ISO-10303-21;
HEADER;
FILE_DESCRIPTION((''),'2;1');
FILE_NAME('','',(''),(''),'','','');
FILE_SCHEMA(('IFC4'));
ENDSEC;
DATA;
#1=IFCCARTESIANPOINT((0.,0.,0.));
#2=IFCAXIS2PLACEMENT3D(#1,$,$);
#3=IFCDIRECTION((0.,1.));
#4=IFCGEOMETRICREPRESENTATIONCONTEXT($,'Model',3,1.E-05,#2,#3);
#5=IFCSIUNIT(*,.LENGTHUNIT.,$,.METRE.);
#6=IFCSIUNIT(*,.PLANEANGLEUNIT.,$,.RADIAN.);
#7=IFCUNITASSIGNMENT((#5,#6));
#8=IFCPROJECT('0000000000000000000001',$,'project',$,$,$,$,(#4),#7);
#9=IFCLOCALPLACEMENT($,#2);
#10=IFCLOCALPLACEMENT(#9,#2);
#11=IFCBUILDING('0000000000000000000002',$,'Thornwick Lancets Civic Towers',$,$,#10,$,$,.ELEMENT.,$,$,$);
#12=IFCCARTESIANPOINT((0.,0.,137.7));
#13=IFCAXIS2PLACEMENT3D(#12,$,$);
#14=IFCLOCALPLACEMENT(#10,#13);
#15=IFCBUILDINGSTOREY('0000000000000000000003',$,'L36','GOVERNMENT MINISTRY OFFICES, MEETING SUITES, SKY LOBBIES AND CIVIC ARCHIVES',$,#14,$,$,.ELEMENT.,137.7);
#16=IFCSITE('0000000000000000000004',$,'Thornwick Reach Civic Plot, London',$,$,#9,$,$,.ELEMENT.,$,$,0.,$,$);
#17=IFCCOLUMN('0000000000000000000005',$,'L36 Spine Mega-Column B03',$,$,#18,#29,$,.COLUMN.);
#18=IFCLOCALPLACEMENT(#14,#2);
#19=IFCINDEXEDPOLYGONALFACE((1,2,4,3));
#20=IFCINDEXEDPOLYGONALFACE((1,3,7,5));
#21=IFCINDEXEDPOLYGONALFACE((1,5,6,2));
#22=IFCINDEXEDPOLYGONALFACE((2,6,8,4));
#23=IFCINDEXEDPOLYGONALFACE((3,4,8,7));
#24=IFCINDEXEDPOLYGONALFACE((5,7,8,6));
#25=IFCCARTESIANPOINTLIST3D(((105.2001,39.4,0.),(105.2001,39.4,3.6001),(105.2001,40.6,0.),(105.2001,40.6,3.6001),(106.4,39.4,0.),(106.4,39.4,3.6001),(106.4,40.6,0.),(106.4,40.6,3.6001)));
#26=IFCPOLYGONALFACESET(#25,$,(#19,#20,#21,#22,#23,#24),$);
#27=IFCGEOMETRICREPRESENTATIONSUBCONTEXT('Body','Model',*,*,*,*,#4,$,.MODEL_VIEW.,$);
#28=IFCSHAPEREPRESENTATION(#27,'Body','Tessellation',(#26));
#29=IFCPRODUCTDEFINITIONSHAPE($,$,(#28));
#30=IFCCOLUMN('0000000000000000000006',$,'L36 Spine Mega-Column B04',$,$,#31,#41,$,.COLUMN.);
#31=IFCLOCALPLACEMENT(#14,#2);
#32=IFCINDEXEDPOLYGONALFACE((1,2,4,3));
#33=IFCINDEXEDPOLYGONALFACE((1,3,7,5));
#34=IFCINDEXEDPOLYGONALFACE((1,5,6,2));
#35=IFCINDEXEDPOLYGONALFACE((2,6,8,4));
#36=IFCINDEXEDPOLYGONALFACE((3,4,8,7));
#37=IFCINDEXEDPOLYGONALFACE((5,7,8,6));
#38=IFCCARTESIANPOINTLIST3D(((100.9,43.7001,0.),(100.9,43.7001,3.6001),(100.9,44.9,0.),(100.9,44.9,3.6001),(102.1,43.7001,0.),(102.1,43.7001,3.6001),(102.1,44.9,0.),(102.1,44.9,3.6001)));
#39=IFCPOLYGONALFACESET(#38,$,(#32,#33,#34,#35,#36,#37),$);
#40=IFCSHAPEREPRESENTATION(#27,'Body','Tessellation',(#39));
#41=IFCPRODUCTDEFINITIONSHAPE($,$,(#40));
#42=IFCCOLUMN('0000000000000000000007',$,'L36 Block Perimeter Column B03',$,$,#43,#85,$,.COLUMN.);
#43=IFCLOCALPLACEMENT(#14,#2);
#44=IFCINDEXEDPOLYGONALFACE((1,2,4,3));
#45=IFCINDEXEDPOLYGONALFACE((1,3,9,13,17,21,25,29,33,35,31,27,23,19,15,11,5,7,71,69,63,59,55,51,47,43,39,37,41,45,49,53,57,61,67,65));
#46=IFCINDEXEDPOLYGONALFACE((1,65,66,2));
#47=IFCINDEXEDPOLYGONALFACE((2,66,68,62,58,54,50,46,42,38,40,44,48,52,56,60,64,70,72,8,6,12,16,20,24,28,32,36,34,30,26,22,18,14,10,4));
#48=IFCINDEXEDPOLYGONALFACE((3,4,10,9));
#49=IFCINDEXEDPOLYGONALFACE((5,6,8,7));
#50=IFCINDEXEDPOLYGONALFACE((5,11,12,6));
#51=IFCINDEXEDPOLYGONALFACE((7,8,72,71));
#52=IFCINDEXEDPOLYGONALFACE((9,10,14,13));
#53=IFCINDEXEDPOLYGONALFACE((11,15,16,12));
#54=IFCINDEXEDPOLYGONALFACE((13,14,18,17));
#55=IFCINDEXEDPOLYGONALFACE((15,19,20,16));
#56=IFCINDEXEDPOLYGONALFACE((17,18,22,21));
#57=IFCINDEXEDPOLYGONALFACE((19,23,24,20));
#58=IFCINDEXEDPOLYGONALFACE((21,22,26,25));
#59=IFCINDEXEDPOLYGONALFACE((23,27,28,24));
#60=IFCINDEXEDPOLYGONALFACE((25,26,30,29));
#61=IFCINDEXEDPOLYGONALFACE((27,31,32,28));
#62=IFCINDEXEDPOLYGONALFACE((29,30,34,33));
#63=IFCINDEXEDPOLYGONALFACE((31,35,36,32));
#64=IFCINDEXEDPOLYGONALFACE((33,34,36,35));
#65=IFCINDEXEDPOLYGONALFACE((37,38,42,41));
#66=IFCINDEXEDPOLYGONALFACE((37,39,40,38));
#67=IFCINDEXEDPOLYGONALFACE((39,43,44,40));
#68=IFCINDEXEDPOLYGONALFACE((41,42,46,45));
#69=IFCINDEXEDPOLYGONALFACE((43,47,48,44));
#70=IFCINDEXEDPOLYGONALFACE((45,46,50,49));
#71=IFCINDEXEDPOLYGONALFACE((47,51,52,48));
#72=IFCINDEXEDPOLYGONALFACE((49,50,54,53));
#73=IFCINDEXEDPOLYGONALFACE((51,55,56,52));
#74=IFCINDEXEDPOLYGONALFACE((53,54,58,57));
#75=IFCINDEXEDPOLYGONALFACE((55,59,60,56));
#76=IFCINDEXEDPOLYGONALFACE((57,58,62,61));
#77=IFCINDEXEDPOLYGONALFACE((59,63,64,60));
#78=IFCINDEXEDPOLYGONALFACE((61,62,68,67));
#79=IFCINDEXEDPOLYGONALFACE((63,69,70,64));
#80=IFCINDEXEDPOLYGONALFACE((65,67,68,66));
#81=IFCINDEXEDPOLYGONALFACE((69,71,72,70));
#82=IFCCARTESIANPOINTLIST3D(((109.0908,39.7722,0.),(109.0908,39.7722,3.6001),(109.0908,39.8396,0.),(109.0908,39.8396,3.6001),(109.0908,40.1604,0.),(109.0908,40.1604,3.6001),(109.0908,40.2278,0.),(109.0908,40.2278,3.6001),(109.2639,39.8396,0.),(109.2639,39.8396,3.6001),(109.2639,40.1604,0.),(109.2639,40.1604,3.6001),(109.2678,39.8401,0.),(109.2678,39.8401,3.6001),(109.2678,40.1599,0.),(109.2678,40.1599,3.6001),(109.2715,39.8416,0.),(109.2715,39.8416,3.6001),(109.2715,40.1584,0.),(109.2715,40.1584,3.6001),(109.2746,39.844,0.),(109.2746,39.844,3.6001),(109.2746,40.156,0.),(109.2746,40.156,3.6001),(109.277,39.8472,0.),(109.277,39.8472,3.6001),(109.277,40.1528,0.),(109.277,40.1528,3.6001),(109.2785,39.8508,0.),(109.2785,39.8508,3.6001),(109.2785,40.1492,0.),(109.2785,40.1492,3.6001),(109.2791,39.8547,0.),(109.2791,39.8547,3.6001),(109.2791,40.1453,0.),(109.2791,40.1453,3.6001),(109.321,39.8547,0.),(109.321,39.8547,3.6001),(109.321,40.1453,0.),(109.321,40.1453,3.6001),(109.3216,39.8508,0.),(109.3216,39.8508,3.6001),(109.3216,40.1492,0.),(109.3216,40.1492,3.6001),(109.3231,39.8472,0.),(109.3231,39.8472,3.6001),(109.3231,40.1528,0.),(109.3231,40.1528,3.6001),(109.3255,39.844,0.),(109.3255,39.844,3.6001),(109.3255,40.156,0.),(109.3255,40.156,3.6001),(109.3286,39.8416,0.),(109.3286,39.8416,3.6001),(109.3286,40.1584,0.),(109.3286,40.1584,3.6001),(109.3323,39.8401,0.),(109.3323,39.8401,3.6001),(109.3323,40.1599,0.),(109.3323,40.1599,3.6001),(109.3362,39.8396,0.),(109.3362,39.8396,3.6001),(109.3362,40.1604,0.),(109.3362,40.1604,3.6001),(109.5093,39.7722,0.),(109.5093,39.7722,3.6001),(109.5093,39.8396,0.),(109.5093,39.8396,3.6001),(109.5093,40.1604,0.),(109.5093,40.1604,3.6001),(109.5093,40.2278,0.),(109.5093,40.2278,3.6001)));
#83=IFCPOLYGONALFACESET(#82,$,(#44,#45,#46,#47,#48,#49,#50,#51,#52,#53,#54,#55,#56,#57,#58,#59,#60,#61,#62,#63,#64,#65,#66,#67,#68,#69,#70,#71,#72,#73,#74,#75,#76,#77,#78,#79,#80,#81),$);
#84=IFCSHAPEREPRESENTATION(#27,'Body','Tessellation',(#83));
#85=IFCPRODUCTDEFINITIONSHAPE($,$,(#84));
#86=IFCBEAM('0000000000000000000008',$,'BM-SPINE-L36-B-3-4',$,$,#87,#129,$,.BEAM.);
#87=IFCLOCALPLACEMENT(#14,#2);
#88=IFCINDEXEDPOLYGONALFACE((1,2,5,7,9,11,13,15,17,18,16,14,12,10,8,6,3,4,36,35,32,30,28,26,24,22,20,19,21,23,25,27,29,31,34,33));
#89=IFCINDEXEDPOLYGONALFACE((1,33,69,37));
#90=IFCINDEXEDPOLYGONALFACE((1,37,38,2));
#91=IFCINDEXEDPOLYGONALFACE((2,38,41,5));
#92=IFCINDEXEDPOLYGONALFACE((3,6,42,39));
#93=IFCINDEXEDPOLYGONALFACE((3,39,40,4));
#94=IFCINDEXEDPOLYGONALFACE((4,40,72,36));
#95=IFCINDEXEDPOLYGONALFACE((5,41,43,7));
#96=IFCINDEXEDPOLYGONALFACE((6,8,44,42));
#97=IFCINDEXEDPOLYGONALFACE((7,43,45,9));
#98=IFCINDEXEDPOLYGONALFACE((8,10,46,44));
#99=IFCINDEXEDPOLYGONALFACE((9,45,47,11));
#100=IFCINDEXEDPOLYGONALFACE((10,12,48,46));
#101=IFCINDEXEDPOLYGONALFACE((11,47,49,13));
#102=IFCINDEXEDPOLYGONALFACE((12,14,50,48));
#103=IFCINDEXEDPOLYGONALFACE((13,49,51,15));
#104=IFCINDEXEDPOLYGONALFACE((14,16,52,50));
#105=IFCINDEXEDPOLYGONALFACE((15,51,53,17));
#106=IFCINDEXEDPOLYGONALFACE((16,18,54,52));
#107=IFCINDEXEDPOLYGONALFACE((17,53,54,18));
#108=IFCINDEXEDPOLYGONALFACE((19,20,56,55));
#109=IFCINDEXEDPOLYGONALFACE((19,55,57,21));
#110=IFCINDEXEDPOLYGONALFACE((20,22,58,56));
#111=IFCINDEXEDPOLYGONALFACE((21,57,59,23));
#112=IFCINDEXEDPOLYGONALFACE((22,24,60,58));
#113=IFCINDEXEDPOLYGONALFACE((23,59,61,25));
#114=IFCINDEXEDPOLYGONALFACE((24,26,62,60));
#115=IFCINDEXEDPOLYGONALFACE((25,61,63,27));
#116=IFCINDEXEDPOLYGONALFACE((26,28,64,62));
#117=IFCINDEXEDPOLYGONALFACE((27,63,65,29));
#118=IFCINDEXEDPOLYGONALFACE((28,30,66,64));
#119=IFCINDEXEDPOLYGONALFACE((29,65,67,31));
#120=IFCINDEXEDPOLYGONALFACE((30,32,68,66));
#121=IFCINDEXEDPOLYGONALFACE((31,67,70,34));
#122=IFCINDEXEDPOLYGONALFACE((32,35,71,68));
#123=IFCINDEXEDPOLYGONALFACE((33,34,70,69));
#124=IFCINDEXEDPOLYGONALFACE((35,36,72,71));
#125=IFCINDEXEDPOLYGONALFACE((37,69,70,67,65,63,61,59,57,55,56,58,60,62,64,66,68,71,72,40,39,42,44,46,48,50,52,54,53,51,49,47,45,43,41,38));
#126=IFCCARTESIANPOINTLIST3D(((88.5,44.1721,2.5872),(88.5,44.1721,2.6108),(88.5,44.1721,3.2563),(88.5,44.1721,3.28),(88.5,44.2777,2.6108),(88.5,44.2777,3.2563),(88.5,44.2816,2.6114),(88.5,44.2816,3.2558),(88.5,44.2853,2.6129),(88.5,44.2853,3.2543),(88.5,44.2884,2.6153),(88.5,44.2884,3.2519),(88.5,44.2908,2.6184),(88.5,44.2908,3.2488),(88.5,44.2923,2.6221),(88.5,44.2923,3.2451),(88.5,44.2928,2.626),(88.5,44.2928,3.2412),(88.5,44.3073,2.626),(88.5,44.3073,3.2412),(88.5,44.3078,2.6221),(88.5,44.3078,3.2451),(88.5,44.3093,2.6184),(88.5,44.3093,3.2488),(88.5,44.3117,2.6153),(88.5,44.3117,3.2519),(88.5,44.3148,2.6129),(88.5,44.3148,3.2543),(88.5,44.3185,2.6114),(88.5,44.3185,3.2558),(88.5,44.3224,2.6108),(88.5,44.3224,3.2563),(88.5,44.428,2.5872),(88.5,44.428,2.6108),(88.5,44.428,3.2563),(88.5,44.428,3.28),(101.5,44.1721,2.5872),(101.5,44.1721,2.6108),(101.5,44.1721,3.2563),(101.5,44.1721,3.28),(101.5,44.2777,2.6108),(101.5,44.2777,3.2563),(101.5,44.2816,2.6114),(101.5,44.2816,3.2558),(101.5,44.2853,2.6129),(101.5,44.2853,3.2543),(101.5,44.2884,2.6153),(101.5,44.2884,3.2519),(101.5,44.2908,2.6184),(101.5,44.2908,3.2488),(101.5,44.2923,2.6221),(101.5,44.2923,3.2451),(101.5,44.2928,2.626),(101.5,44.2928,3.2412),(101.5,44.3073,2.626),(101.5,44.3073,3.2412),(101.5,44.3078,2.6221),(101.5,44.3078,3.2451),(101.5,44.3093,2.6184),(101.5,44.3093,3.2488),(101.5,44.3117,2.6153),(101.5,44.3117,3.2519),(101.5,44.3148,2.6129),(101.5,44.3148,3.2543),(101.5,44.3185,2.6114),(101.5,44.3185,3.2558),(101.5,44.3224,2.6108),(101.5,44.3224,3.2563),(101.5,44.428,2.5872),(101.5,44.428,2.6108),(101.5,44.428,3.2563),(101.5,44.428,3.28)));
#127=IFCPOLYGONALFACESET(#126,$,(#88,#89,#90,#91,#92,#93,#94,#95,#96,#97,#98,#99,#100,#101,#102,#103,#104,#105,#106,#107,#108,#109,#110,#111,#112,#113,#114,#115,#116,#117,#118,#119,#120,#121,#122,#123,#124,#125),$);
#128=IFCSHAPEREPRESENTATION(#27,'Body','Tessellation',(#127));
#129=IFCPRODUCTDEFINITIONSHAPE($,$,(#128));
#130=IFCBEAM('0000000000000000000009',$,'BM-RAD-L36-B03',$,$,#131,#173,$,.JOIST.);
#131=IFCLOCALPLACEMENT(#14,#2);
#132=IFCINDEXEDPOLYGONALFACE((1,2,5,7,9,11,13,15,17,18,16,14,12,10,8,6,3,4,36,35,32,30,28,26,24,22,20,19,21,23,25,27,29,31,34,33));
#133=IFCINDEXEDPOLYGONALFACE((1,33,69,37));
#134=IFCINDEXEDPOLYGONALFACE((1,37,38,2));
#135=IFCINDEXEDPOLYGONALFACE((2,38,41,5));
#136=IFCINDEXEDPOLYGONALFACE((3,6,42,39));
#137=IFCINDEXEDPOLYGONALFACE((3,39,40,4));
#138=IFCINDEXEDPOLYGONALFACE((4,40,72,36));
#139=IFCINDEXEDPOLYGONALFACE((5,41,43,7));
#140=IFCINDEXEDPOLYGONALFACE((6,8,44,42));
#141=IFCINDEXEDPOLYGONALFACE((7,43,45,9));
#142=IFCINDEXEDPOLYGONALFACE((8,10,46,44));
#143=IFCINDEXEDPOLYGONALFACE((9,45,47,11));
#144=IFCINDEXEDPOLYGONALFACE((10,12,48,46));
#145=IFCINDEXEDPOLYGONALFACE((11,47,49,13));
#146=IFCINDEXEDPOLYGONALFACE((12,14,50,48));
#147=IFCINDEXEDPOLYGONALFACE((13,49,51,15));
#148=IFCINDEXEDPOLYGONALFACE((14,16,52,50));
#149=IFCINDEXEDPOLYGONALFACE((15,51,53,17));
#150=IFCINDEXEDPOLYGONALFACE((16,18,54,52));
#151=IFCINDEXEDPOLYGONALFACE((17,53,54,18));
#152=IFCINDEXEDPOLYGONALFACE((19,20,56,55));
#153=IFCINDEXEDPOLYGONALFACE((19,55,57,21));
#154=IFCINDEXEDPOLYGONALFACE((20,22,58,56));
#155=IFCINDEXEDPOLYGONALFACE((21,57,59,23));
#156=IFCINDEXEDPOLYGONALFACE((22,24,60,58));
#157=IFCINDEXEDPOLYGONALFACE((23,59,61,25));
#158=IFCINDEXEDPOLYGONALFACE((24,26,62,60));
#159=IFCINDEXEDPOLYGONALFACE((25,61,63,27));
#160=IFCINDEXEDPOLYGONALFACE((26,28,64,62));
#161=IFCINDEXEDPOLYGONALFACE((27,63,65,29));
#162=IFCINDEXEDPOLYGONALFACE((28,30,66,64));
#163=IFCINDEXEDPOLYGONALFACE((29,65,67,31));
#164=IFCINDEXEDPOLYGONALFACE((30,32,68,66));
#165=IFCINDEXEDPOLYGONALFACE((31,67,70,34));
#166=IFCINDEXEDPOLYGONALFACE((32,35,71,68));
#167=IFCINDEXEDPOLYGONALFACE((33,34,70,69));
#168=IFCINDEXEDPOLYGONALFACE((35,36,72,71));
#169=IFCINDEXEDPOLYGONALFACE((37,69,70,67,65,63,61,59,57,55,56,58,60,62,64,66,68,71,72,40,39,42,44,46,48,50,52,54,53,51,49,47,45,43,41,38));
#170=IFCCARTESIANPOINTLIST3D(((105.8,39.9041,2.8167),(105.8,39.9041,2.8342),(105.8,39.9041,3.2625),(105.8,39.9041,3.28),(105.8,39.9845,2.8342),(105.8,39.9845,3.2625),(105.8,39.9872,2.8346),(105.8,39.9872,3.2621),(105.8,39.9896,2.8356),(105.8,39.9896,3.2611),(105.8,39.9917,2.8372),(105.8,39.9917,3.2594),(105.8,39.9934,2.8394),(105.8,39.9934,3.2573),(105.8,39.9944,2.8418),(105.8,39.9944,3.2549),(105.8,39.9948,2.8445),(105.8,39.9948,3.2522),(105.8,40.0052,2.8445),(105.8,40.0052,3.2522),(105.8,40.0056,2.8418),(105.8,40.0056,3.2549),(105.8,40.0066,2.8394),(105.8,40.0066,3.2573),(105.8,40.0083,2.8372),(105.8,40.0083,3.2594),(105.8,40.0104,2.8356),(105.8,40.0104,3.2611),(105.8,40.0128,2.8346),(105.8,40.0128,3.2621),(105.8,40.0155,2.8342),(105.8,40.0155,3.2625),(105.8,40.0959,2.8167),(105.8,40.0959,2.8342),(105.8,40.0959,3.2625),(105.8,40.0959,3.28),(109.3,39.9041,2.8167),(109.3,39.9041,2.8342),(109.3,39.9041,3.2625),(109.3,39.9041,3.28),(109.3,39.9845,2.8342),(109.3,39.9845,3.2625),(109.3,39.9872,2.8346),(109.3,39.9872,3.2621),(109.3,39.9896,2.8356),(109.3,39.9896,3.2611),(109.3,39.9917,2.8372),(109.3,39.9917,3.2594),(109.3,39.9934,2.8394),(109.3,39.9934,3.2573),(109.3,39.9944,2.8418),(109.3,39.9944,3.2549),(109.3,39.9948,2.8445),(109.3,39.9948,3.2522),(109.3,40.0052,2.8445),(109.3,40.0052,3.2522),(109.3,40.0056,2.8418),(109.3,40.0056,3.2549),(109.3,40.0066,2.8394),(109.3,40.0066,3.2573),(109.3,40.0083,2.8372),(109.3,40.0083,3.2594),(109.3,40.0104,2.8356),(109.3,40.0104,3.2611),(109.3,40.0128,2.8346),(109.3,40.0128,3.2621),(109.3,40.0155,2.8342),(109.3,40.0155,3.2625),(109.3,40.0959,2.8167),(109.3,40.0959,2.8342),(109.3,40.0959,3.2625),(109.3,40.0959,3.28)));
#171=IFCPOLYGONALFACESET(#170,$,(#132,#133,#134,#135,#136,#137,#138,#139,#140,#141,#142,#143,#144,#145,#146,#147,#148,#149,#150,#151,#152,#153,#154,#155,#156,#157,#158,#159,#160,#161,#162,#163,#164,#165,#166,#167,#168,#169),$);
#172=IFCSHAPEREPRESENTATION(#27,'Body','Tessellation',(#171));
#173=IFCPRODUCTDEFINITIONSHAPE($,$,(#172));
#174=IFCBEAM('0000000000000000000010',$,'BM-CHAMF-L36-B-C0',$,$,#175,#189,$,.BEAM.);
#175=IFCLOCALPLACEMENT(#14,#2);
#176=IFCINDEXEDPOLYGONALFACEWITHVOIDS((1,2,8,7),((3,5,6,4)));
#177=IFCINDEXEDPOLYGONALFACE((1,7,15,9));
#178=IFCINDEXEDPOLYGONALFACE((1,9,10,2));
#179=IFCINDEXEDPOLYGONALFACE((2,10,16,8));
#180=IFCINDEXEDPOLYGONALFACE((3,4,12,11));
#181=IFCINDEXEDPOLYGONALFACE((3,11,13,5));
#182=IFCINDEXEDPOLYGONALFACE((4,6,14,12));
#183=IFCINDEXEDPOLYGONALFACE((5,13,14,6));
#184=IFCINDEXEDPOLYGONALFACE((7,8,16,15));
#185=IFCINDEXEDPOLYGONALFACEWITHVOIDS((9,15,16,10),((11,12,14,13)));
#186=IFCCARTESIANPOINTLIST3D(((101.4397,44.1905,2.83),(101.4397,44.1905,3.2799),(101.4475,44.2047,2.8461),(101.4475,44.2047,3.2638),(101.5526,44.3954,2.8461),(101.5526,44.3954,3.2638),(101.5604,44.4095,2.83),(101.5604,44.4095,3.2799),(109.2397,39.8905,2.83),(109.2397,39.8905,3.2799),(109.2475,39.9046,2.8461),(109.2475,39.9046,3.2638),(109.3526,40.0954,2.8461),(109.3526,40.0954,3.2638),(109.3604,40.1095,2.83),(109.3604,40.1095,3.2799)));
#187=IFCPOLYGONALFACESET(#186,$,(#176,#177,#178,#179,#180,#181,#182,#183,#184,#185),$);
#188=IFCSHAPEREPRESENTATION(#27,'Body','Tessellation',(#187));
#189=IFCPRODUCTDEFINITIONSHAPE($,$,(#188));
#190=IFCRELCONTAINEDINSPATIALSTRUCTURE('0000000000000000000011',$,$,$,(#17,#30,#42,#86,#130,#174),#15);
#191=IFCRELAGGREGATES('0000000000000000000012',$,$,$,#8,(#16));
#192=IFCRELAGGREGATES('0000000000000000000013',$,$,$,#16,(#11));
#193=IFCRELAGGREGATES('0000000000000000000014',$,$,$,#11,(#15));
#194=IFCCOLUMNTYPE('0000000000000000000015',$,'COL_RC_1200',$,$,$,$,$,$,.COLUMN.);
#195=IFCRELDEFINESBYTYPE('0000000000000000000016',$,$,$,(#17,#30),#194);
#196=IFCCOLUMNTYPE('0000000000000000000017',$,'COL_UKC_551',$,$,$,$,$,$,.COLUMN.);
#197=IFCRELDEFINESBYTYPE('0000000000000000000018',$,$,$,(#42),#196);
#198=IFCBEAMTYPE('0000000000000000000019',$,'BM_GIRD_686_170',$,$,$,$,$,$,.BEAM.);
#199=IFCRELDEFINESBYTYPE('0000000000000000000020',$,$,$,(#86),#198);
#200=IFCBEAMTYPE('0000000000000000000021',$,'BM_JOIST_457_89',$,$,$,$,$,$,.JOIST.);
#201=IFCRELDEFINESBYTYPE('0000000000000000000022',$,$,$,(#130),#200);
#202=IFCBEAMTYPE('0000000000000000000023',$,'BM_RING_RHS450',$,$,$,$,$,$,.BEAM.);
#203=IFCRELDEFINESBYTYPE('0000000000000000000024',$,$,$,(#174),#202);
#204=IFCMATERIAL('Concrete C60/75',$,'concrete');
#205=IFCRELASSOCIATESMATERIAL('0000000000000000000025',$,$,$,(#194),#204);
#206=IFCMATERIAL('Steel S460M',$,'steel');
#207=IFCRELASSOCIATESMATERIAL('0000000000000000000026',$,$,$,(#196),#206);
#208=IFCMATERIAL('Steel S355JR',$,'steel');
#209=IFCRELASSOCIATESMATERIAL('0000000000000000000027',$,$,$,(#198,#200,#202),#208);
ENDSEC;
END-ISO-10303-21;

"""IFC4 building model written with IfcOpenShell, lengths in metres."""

from ifc_helpers import new_model, si_unit, direction, frame, origin, origin_2d, place, context, subcontext, project, spatial, rectangle, hollow_rectangle, i_section, extrude, material, material_profile, profile_set, type_object, element, save


model = new_model("IFC4")

# Units and contexts
model_context = context("Model", 3, precision=1e-05, world=origin(), true_north=direction((0.0, 1.0)))
body_context = subcontext(model_context, "Body", "Model", "MODEL_VIEW")
ifc_project = project(units=[si_unit("LENGTHUNIT", "METRE"), si_unit("PLANEANGLEUNIT", "RADIAN")], contexts=[model_context])

# Site, building, storey
site_placement = place(None, origin())
site = spatial("IfcSite", under=ifc_project, at=site_placement, Name="Thornwick Reach Civic Plot, London", CompositionType="ELEMENT", RefElevation=0.0)
building_placement = place(site_placement, origin())
building = spatial("IfcBuilding", under=site, at=building_placement, Name="Thornwick Lancets Civic Towers", CompositionType="ELEMENT")
storey_placement = place(building_placement, frame((0.0, 0.0, 137.7)))
storey = spatial("IfcBuildingStorey", under=building, at=storey_placement, Name="L36", Description="GOVERNMENT MINISTRY OFFICES, MEETING SUITES, SKY LOBBIES AND CIVIC ARCHIVES", CompositionType="ELEMENT", Elevation=137.7)

# Columns
ifc_material_1 = material(Name="Concrete C60/75", Category="concrete")
ifc_material_profile_1 = material_profile(ifc_material_1, rectangle(XDim=1.2, YDim=1.2, at=origin_2d()), Name="RC 1200x1200")
ifc_profile_set_1 = profile_set([ifc_material_profile_1], Name="Concrete C60/75")
column_type_1 = type_object("IfcColumnType", Name="COL_RC_1200", PredefinedType="COLUMN", material=ifc_profile_set_1)
for number, where, z_axis, x_axis, name in (
    (1, (105.8, 40.0, 0.0), (0.0, 0.0, 1.0), (1.0, 0.0, 0.0), "L36 Spine Mega-Column B03"),
    (2, (101.5, 44.3, 0.0), (0.0, 0.0, 1.0), (1.0, 0.0, 0.0), "L36 Spine Mega-Column B04"),
):
    element("IfcColumn", number, at=place(storey_placement, frame(where, z_axis=z_axis, x_axis=x_axis)), inside=storey, type_object=column_type_1, Name=name, PredefinedType="COLUMN", context=body_context, shape_type="SweptSolid", body=[
        extrude(rectangle(XDim=1.2, YDim=1.2, at=origin_2d()), origin(), (0.0, 0.0, 1.0), 3.6001),
    ])
ifc_material_2 = material(Name="Steel S460M", Category="steel")
ifc_material_profile_2 = material_profile(ifc_material_2, i_section(OverallWidth=0.4185, OverallDepth=0.4556, WebThickness=0.042, FlangeThickness=0.0674, FilletRadius=0.0151, at=origin_2d()), Name="UKC 356x406x551")
ifc_profile_set_2 = profile_set([ifc_material_profile_2], Name="Steel S460M")
column_type_2 = type_object("IfcColumnType", Name="COL_UKC_551", PredefinedType="COLUMN", material=ifc_profile_set_2)
column_placement = place(storey_placement, frame((109.3, 40.0, 0.0), z_axis=(0.0, 0.0, 1.0), x_axis=(1.0, 0.0, 0.0)))
element("IfcColumn", 3, at=column_placement, inside=storey, type_object=column_type_2, Name="L36 Block Perimeter Column B03", PredefinedType="COLUMN", context=body_context, shape_type="SweptSolid", body=[
    extrude(i_section(OverallWidth=0.4185, OverallDepth=0.4556, WebThickness=0.042, FlangeThickness=0.0674, FilletRadius=0.0151, at=origin_2d()), origin(), (0.0, 0.0, 1.0), 3.6001),
])

# Beams
ifc_material_3 = material(Name="Steel S355JR", Category="steel")
ifc_material_profile_3 = material_profile(ifc_material_3, i_section(OverallWidth=0.2559, OverallDepth=0.6929, WebThickness=0.0144, FlangeThickness=0.0237, FilletRadius=0.0151, at=origin_2d()), Name="UKB 686x254x170")
ifc_profile_set_3 = profile_set([ifc_material_profile_3], Name="Steel S355JR")
beam_type_1 = type_object("IfcBeamType", Name="BM_GIRD_686_170", PredefinedType="BEAM", material=ifc_profile_set_3)
beam_1_placement = place(storey_placement, frame((101.5, 44.3, 2.9336), z_axis=(-1.0, 0.0, 0.0), x_axis=(0.0, -1.0, 0.0)))
element("IfcBeam", 4, at=beam_1_placement, inside=storey, type_object=beam_type_1, Name="BM-SPINE-L36-B-3-4", PredefinedType="BEAM", context=body_context, shape_type="SweptSolid", body=[
    extrude(i_section(OverallWidth=0.2559, OverallDepth=0.6929, WebThickness=0.0144, FlangeThickness=0.0237, FilletRadius=0.0151, at=origin_2d()), origin(), (0.0, 0.0, 1.0), 13.0),
])
ifc_material_profile_4 = material_profile(ifc_material_3, i_section(OverallWidth=0.1919, OverallDepth=0.4634, WebThickness=0.0105, FlangeThickness=0.0176, FilletRadius=0.0103, at=origin_2d()), Name="UKB 457x191x89")
ifc_profile_set_4 = profile_set([ifc_material_profile_4], Name="Steel S355JR")
beam_type_2 = type_object("IfcBeamType", Name="BM_JOIST_457_89", PredefinedType="JOIST", material=ifc_profile_set_4)
beam_2_placement = place(storey_placement, frame((105.8, 40.0, 3.0483), z_axis=(1.0, 0.0, 0.0), x_axis=(0.0, 1.0, 0.0)))
element("IfcBeam", 5, at=beam_2_placement, inside=storey, type_object=beam_type_2, Name="BM-RAD-L36-B03", PredefinedType="JOIST", context=body_context, shape_type="SweptSolid", body=[
    extrude(i_section(OverallWidth=0.1919, OverallDepth=0.4634, WebThickness=0.0105, FlangeThickness=0.0176, FilletRadius=0.0103, at=origin_2d()), origin(), (0.0, 0.0, 1.0), 3.5),
])
ifc_material_profile_5 = material_profile(ifc_material_3, hollow_rectangle(XDim=0.25, YDim=0.45, WallThickness=0.0161, at=origin_2d()), Name="RHS 450x250x16")
ifc_profile_set_5 = profile_set([ifc_material_profile_5], Name="Steel S355JR")
beam_type_3 = type_object("IfcBeamType", Name="BM_RING_RHS450", PredefinedType="BEAM", material=ifc_profile_set_5)
beam_3_placement = place(storey_placement, frame((109.3, 40.0, 3.0549), z_axis=(-0.87574, 0.482782, 0.0), x_axis=(-0.482782, -0.87574, 0.0)))
element("IfcBeam", 6, at=beam_3_placement, inside=storey, type_object=beam_type_3, Name="BM-CHAMF-L36-B-C0", PredefinedType="BEAM", context=body_context, shape_type="SweptSolid", body=[
    extrude(hollow_rectangle(XDim=0.25, YDim=0.45, WallThickness=0.0161, at=origin_2d()), origin(), (0.0, 0.0, 1.0), 8.9067),
])

save(model, "model.ifc")
